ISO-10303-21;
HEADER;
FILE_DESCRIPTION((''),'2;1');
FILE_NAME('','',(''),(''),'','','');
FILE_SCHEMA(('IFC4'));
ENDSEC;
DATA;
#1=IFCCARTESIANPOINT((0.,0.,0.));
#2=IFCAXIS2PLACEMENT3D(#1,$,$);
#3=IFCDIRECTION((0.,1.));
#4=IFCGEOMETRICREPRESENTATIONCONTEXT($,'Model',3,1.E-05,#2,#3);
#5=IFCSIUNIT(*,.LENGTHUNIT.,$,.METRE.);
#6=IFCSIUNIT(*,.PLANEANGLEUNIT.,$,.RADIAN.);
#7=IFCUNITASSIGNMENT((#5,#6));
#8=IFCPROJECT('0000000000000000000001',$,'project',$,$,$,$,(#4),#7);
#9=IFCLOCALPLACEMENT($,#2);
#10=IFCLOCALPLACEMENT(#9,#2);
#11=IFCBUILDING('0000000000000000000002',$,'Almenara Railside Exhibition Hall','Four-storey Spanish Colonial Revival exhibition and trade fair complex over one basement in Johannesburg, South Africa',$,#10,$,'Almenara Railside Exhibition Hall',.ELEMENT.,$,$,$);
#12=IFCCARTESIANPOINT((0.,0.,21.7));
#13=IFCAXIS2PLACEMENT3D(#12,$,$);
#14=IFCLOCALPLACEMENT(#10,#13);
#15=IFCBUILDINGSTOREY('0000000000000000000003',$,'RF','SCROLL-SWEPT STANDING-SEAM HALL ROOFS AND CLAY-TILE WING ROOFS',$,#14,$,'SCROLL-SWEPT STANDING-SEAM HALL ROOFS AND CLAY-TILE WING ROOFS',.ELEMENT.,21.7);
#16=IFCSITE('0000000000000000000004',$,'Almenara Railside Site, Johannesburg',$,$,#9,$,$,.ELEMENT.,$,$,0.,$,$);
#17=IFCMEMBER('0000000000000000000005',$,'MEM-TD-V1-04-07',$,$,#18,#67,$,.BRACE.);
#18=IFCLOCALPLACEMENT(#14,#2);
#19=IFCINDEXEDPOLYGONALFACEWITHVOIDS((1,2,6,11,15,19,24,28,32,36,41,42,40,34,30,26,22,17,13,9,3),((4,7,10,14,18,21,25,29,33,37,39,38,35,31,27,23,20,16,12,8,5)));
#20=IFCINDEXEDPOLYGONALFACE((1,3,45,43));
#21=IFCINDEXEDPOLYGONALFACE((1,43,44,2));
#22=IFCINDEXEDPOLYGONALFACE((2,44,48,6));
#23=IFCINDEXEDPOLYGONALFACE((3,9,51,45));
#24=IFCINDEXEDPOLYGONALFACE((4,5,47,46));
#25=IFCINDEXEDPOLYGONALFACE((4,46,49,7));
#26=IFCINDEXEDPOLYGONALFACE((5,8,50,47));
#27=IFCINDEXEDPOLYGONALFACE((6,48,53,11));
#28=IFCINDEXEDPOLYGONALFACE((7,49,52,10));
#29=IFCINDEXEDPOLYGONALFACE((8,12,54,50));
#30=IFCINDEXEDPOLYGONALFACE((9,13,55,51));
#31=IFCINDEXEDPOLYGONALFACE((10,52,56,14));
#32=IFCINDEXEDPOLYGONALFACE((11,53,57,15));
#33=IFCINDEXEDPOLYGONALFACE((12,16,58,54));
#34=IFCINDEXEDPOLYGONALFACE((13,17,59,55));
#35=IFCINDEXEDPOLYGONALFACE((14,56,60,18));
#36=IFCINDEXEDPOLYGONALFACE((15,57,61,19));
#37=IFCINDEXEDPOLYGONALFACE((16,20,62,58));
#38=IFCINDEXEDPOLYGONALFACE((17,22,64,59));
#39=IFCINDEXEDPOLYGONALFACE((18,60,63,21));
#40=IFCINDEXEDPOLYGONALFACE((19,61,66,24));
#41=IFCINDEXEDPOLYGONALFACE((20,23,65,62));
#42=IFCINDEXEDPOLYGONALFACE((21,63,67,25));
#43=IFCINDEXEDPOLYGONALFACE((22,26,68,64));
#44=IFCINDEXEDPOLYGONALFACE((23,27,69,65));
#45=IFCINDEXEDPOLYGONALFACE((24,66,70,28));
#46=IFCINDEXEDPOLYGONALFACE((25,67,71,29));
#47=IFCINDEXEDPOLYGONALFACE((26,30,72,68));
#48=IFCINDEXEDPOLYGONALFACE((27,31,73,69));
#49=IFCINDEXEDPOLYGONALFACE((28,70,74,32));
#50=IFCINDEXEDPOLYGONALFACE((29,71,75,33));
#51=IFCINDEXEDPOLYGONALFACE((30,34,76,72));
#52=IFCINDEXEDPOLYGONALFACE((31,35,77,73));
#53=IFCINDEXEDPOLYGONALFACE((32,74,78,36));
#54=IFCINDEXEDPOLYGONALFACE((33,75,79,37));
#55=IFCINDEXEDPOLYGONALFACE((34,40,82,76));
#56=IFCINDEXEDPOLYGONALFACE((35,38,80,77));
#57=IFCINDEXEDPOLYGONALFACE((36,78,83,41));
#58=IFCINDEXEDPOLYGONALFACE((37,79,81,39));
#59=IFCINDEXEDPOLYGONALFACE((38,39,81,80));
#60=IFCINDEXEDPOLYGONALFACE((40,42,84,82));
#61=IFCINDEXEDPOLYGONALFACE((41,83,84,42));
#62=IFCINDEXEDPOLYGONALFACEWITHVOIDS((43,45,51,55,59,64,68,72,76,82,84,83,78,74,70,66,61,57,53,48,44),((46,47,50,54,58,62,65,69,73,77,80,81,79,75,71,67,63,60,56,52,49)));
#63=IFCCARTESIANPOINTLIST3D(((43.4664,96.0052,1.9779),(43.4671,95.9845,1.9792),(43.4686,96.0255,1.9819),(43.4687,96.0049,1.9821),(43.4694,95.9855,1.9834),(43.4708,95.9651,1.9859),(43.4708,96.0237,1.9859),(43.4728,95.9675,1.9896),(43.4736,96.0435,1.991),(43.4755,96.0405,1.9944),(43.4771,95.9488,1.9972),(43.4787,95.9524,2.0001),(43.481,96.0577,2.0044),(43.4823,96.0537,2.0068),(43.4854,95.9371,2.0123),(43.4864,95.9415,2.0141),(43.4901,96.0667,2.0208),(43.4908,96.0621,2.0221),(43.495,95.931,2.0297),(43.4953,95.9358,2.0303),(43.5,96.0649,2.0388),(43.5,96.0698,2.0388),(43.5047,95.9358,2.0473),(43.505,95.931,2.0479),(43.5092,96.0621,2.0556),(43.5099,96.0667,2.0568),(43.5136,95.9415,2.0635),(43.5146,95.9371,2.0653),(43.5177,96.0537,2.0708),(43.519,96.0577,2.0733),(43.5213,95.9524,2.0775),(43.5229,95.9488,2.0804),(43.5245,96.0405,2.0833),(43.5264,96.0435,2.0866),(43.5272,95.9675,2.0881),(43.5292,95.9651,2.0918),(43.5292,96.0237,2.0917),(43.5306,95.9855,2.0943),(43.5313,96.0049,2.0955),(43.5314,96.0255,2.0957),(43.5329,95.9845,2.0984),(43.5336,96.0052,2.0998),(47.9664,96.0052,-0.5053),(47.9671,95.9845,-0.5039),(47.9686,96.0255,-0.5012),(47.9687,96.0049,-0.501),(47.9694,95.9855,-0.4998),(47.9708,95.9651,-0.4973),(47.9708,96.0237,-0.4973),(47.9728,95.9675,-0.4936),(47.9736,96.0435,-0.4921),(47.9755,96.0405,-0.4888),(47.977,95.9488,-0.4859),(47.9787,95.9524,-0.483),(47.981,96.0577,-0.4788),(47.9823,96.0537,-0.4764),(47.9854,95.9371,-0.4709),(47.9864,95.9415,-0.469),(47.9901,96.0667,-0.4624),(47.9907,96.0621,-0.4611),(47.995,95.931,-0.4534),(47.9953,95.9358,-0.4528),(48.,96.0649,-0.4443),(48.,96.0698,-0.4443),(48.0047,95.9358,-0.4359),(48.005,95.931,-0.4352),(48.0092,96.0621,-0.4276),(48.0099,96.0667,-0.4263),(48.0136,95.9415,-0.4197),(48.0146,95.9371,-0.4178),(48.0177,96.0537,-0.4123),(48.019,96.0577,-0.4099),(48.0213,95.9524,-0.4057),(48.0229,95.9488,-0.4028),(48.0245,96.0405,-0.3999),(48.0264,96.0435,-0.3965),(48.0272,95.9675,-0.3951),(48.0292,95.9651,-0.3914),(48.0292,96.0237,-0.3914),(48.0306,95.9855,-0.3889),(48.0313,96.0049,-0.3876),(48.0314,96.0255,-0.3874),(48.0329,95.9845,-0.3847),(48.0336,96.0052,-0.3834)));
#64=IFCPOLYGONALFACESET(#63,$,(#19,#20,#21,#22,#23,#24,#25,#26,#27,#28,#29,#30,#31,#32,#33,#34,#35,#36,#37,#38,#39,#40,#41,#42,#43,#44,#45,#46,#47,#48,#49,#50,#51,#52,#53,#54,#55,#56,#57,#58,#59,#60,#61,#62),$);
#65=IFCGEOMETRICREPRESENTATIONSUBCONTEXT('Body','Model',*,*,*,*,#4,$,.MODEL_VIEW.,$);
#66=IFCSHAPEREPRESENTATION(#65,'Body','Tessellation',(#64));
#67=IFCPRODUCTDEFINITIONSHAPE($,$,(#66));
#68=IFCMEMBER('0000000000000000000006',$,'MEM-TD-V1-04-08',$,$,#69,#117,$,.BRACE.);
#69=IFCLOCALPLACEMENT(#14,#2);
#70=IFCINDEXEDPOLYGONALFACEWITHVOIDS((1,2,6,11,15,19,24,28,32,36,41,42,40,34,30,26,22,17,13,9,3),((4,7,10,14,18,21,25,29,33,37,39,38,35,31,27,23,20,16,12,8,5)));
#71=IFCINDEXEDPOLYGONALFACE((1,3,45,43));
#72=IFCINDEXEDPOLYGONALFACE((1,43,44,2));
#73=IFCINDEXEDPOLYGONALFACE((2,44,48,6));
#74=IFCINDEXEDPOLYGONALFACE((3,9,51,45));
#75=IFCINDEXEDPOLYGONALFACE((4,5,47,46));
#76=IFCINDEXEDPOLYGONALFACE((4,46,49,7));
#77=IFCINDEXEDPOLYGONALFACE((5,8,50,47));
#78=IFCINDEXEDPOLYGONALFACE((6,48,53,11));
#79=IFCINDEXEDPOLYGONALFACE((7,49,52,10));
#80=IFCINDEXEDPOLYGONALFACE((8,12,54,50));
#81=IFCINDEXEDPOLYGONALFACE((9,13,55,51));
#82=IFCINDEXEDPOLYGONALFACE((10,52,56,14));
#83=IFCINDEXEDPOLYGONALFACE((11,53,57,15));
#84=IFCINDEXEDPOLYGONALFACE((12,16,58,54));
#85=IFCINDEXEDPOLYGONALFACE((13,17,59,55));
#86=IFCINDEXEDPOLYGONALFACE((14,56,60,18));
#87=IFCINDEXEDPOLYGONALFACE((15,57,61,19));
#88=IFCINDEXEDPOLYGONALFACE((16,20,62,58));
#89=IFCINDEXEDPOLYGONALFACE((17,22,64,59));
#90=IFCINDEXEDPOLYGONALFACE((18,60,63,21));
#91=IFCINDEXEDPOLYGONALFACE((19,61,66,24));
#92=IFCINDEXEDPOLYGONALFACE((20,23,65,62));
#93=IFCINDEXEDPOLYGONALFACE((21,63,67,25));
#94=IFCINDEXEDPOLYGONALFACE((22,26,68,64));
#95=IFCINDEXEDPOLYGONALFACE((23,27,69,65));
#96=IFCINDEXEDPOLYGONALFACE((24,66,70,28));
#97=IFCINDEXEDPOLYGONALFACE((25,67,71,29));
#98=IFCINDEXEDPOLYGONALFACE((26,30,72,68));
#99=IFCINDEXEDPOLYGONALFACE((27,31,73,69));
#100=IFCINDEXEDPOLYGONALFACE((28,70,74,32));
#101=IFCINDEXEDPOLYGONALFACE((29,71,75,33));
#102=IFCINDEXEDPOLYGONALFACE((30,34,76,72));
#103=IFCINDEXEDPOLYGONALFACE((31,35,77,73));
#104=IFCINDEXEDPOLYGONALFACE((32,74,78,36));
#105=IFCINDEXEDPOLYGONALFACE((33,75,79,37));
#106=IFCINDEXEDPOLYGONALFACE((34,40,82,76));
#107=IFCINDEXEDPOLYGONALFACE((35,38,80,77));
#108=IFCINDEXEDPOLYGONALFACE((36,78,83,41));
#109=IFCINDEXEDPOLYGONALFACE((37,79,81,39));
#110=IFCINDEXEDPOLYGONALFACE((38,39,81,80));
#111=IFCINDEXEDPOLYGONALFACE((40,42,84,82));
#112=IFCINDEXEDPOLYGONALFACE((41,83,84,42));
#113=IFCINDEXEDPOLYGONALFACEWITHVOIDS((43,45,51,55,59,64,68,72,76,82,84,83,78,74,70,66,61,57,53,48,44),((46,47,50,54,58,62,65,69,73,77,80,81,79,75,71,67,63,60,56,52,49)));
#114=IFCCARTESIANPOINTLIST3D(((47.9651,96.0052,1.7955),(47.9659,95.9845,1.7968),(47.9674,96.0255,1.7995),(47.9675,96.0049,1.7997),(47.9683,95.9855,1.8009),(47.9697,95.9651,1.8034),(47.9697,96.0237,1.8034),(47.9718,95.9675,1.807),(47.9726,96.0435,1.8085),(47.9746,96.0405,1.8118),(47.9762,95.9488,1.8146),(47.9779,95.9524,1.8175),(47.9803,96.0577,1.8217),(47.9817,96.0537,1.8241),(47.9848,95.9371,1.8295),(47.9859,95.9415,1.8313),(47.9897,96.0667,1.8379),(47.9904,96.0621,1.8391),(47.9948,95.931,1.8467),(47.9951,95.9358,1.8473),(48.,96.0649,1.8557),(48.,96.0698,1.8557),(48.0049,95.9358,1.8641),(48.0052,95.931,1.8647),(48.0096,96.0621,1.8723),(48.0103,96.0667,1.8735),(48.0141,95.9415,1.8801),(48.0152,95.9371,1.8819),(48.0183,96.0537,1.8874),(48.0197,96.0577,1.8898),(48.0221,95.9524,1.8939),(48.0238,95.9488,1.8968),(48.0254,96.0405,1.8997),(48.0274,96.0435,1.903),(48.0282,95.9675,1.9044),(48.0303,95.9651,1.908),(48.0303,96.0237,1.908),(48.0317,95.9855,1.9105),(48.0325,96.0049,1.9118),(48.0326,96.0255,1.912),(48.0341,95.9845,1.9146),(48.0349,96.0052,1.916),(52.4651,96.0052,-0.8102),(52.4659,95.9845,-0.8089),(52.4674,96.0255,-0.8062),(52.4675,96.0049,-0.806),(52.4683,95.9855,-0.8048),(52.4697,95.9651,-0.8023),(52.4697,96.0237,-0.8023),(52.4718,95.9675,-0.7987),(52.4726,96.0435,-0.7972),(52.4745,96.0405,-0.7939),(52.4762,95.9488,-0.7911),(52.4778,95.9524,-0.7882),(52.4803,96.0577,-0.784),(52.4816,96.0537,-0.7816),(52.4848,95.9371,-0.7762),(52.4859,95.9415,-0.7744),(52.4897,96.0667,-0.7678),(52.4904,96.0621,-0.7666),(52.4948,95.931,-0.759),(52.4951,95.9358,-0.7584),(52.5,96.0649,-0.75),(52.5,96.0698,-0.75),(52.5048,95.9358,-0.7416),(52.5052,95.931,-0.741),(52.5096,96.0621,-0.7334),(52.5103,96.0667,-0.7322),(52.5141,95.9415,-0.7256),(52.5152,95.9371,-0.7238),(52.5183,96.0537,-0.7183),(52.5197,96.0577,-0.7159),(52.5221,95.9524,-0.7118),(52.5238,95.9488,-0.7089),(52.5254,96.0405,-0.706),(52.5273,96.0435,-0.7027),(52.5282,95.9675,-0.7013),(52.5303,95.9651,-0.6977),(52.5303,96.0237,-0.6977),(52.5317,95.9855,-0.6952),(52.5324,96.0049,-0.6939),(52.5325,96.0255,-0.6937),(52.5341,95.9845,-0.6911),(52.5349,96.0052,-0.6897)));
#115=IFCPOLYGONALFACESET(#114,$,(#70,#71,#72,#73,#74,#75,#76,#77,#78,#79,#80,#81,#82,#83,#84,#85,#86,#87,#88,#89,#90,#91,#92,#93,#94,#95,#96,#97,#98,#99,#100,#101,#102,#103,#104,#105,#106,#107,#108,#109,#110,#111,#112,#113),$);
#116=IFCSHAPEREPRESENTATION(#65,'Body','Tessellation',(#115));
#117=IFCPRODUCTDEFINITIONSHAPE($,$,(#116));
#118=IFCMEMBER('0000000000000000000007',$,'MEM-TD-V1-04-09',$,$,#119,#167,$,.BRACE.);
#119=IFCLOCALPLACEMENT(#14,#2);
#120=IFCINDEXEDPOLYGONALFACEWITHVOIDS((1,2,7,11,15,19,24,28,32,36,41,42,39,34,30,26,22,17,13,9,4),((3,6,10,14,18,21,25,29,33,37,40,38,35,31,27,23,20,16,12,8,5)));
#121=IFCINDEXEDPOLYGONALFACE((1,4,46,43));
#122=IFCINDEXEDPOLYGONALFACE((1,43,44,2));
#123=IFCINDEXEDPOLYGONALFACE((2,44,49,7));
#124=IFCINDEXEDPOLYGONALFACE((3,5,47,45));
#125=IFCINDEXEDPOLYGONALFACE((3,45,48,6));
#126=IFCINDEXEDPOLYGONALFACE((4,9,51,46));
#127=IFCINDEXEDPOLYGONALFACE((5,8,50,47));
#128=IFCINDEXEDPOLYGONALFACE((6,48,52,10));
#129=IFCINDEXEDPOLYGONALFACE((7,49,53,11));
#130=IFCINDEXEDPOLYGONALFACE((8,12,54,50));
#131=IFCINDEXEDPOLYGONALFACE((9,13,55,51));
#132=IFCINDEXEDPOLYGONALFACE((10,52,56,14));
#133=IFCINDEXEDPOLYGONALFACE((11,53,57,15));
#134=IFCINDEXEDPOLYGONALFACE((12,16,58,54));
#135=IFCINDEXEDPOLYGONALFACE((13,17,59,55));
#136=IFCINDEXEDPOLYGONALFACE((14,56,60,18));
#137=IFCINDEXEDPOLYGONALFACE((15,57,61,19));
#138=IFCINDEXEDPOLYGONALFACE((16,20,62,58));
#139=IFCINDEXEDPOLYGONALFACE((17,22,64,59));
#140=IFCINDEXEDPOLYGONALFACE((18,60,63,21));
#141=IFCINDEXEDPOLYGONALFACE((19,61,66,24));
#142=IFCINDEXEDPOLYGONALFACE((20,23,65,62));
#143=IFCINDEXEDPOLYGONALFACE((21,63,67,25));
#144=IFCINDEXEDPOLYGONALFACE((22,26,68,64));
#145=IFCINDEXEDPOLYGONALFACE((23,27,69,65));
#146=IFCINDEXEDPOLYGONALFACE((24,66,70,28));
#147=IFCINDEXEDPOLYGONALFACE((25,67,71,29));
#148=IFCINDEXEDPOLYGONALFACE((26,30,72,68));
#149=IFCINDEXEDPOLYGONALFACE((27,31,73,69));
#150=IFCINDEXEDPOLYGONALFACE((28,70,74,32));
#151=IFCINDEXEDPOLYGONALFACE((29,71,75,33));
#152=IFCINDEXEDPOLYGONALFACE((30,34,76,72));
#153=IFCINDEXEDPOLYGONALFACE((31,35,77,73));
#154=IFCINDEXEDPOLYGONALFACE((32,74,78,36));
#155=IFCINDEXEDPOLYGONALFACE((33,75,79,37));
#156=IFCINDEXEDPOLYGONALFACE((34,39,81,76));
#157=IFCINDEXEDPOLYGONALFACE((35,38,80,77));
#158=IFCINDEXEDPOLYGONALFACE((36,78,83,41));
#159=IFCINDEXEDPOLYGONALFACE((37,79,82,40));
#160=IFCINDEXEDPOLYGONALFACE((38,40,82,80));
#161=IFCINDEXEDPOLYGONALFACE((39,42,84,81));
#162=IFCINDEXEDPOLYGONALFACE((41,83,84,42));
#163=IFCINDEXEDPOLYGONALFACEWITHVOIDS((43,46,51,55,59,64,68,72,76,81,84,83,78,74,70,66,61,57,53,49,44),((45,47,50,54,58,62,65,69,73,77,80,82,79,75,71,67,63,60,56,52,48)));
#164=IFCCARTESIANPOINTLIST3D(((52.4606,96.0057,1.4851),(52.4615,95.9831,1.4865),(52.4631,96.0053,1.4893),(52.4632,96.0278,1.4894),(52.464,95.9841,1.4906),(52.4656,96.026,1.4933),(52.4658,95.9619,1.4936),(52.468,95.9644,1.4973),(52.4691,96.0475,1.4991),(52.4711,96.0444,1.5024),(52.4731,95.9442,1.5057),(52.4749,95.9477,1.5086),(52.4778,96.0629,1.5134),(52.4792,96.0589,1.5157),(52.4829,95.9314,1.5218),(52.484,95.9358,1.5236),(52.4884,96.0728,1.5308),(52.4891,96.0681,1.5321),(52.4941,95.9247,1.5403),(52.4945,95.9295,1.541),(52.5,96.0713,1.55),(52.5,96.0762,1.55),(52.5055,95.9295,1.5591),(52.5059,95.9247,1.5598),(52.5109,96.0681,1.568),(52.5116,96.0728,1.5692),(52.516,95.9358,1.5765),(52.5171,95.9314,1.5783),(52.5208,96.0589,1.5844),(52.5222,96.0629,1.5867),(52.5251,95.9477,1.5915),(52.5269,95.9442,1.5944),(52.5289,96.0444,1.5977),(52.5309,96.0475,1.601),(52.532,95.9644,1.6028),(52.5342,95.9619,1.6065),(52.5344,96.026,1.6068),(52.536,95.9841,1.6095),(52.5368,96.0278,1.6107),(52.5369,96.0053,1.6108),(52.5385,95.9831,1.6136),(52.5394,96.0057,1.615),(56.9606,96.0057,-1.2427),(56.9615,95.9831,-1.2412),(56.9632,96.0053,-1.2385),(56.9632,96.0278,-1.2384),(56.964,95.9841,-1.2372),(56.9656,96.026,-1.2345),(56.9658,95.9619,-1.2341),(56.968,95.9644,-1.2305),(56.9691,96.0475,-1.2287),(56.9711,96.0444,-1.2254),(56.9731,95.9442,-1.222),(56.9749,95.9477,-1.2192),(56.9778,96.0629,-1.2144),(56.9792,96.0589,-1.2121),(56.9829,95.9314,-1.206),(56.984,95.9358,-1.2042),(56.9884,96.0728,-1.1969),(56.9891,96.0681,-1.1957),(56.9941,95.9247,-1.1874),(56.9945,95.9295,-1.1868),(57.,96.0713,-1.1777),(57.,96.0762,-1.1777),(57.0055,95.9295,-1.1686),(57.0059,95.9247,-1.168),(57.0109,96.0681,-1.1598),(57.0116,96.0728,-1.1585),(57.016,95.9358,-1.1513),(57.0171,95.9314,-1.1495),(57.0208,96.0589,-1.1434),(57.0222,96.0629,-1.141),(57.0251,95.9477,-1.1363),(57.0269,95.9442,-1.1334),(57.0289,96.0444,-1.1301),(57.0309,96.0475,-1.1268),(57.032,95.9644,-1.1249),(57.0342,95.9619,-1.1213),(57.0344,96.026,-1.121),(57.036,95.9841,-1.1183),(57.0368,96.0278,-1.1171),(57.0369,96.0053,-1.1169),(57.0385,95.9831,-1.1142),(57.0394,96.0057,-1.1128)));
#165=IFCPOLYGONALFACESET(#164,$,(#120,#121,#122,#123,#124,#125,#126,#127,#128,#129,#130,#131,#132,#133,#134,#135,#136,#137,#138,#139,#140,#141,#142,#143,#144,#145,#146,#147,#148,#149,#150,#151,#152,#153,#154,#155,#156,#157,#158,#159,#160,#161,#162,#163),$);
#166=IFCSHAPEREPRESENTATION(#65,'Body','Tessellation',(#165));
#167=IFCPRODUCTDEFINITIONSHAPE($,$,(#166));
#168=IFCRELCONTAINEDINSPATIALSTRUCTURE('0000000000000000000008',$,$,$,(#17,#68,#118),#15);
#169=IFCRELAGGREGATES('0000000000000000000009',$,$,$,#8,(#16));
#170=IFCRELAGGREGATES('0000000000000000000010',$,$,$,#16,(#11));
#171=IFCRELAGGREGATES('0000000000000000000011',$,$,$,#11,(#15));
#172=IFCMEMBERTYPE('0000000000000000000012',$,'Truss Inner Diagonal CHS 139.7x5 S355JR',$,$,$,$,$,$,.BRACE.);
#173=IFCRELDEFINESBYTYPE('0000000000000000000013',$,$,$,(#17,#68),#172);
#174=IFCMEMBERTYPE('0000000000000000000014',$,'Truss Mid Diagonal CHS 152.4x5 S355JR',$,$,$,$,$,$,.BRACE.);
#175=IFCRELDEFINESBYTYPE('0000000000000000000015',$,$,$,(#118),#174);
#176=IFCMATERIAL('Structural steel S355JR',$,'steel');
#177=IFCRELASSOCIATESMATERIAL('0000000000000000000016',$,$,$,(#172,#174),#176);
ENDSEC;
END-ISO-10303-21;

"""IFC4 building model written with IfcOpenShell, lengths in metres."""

from ifc_helpers import new_model, si_unit, direction, frame, origin, origin_2d, place, context, subcontext, project, spatial, hollow_circle, extrude, material, material_profile, profile_set, type_object, element, save


model = new_model("IFC4")

# Units and contexts
model_context = context("Model", 3, precision=1e-05, world=origin(), true_north=direction((0.0, 1.0)))
body_context = subcontext(model_context, "Body", "Model", "MODEL_VIEW")
ifc_project = project(units=[si_unit("LENGTHUNIT", "METRE"), si_unit("PLANEANGLEUNIT", "RADIAN")], contexts=[model_context])

# Site, building, storey
site_placement = place(None, origin())
site = spatial("IfcSite", under=ifc_project, at=site_placement, Name="Almenara Railside Site, Johannesburg", CompositionType="ELEMENT", RefElevation=0.0)
building_placement = place(site_placement, origin())
building = spatial("IfcBuilding", under=site, at=building_placement, Name="Almenara Railside Exhibition Hall", Description="Four-storey Spanish Colonial Revival exhibition and trade fair complex over one basement in Johannesburg, South Africa", LongName="Almenara Railside Exhibition Hall", CompositionType="ELEMENT")
storey_placement = place(building_placement, frame((0.0, 0.0, 21.7)))
storey = spatial("IfcBuildingStorey", under=building, at=storey_placement, Name="RF", Description="SCROLL-SWEPT STANDING-SEAM HALL ROOFS AND CLAY-TILE WING ROOFS", LongName="SCROLL-SWEPT STANDING-SEAM HALL ROOFS AND CLAY-TILE WING ROOFS", CompositionType="ELEMENT", Elevation=21.7)

# Members
ifc_material_1 = material(Name="Structural steel S355JR", Category="steel")
ifc_material_profile_1 = material_profile(ifc_material_1, hollow_circle(Radius=0.0698, WallThickness=0.0049, at=origin_2d()), Name="CHS 139.7x5")
ifc_profile_set_1 = profile_set([ifc_material_profile_1], Name="Structural steel S355JR")
member_type_1 = type_object("IfcMemberType", Name="Truss Inner Diagonal CHS 139.7x5 S355JR", PredefinedType="BRACE", material=ifc_profile_set_1)
member_1_placement = place(storey_placement, frame((43.5, 96.0, 2.0388), z_axis=(0.875545, 0.0, -0.483136), x_axis=(0.0, 1.0, 0.0)))
element("IfcMember", 1, at=member_1_placement, inside=storey, type_object=member_type_1, Name="MEM-TD-V1-04-07", PredefinedType="BRACE", context=body_context, shape_type="SweptSolid", body=[
    extrude(hollow_circle(Radius=0.0698, WallThickness=0.0049, at=origin_2d()), origin(), (0.0, 0.0, 1.0), 5.1396),
])
member_2_placement = place(storey_placement, frame((48.0, 96.0, 1.8557), z_axis=(0.865389, 0.0, -0.501101), x_axis=(0.0, 1.0, 0.0)))
element("IfcMember", 2, at=member_2_placement, inside=storey, type_object=member_type_1, Name="MEM-TD-V1-04-08", PredefinedType="BRACE", context=body_context, shape_type="SweptSolid", body=[
    extrude(hollow_circle(Radius=0.0698, WallThickness=0.0049, at=origin_2d()), origin(), (0.0, 0.0, 1.0), 5.2),
])
ifc_material_profile_2 = material_profile(ifc_material_1, hollow_circle(Radius=0.0762, WallThickness=0.0049, at=origin_2d()), Name="CHS 152.4x5")
ifc_profile_set_2 = profile_set([ifc_material_profile_2], Name="Structural steel S355JR")
member_type_2 = type_object("IfcMemberType", Name="Truss Mid Diagonal CHS 152.4x5 S355JR", PredefinedType="BRACE", material=ifc_profile_set_2)
member_3_placement = place(storey_placement, frame((52.5, 96.0, 1.55), z_axis=(0.855155, 0.0, -0.518373), x_axis=(0.0, 1.0, 0.0)))
element("IfcMember", 3, at=member_3_placement, inside=storey, type_object=member_type_2, Name="MEM-TD-V1-04-09", PredefinedType="BRACE", context=body_context, shape_type="SweptSolid", body=[
    extrude(hollow_circle(Radius=0.0762, WallThickness=0.0049, at=origin_2d()), origin(), (0.0, 0.0, 1.0), 5.2622),
])

save(model, "model.ifc")
